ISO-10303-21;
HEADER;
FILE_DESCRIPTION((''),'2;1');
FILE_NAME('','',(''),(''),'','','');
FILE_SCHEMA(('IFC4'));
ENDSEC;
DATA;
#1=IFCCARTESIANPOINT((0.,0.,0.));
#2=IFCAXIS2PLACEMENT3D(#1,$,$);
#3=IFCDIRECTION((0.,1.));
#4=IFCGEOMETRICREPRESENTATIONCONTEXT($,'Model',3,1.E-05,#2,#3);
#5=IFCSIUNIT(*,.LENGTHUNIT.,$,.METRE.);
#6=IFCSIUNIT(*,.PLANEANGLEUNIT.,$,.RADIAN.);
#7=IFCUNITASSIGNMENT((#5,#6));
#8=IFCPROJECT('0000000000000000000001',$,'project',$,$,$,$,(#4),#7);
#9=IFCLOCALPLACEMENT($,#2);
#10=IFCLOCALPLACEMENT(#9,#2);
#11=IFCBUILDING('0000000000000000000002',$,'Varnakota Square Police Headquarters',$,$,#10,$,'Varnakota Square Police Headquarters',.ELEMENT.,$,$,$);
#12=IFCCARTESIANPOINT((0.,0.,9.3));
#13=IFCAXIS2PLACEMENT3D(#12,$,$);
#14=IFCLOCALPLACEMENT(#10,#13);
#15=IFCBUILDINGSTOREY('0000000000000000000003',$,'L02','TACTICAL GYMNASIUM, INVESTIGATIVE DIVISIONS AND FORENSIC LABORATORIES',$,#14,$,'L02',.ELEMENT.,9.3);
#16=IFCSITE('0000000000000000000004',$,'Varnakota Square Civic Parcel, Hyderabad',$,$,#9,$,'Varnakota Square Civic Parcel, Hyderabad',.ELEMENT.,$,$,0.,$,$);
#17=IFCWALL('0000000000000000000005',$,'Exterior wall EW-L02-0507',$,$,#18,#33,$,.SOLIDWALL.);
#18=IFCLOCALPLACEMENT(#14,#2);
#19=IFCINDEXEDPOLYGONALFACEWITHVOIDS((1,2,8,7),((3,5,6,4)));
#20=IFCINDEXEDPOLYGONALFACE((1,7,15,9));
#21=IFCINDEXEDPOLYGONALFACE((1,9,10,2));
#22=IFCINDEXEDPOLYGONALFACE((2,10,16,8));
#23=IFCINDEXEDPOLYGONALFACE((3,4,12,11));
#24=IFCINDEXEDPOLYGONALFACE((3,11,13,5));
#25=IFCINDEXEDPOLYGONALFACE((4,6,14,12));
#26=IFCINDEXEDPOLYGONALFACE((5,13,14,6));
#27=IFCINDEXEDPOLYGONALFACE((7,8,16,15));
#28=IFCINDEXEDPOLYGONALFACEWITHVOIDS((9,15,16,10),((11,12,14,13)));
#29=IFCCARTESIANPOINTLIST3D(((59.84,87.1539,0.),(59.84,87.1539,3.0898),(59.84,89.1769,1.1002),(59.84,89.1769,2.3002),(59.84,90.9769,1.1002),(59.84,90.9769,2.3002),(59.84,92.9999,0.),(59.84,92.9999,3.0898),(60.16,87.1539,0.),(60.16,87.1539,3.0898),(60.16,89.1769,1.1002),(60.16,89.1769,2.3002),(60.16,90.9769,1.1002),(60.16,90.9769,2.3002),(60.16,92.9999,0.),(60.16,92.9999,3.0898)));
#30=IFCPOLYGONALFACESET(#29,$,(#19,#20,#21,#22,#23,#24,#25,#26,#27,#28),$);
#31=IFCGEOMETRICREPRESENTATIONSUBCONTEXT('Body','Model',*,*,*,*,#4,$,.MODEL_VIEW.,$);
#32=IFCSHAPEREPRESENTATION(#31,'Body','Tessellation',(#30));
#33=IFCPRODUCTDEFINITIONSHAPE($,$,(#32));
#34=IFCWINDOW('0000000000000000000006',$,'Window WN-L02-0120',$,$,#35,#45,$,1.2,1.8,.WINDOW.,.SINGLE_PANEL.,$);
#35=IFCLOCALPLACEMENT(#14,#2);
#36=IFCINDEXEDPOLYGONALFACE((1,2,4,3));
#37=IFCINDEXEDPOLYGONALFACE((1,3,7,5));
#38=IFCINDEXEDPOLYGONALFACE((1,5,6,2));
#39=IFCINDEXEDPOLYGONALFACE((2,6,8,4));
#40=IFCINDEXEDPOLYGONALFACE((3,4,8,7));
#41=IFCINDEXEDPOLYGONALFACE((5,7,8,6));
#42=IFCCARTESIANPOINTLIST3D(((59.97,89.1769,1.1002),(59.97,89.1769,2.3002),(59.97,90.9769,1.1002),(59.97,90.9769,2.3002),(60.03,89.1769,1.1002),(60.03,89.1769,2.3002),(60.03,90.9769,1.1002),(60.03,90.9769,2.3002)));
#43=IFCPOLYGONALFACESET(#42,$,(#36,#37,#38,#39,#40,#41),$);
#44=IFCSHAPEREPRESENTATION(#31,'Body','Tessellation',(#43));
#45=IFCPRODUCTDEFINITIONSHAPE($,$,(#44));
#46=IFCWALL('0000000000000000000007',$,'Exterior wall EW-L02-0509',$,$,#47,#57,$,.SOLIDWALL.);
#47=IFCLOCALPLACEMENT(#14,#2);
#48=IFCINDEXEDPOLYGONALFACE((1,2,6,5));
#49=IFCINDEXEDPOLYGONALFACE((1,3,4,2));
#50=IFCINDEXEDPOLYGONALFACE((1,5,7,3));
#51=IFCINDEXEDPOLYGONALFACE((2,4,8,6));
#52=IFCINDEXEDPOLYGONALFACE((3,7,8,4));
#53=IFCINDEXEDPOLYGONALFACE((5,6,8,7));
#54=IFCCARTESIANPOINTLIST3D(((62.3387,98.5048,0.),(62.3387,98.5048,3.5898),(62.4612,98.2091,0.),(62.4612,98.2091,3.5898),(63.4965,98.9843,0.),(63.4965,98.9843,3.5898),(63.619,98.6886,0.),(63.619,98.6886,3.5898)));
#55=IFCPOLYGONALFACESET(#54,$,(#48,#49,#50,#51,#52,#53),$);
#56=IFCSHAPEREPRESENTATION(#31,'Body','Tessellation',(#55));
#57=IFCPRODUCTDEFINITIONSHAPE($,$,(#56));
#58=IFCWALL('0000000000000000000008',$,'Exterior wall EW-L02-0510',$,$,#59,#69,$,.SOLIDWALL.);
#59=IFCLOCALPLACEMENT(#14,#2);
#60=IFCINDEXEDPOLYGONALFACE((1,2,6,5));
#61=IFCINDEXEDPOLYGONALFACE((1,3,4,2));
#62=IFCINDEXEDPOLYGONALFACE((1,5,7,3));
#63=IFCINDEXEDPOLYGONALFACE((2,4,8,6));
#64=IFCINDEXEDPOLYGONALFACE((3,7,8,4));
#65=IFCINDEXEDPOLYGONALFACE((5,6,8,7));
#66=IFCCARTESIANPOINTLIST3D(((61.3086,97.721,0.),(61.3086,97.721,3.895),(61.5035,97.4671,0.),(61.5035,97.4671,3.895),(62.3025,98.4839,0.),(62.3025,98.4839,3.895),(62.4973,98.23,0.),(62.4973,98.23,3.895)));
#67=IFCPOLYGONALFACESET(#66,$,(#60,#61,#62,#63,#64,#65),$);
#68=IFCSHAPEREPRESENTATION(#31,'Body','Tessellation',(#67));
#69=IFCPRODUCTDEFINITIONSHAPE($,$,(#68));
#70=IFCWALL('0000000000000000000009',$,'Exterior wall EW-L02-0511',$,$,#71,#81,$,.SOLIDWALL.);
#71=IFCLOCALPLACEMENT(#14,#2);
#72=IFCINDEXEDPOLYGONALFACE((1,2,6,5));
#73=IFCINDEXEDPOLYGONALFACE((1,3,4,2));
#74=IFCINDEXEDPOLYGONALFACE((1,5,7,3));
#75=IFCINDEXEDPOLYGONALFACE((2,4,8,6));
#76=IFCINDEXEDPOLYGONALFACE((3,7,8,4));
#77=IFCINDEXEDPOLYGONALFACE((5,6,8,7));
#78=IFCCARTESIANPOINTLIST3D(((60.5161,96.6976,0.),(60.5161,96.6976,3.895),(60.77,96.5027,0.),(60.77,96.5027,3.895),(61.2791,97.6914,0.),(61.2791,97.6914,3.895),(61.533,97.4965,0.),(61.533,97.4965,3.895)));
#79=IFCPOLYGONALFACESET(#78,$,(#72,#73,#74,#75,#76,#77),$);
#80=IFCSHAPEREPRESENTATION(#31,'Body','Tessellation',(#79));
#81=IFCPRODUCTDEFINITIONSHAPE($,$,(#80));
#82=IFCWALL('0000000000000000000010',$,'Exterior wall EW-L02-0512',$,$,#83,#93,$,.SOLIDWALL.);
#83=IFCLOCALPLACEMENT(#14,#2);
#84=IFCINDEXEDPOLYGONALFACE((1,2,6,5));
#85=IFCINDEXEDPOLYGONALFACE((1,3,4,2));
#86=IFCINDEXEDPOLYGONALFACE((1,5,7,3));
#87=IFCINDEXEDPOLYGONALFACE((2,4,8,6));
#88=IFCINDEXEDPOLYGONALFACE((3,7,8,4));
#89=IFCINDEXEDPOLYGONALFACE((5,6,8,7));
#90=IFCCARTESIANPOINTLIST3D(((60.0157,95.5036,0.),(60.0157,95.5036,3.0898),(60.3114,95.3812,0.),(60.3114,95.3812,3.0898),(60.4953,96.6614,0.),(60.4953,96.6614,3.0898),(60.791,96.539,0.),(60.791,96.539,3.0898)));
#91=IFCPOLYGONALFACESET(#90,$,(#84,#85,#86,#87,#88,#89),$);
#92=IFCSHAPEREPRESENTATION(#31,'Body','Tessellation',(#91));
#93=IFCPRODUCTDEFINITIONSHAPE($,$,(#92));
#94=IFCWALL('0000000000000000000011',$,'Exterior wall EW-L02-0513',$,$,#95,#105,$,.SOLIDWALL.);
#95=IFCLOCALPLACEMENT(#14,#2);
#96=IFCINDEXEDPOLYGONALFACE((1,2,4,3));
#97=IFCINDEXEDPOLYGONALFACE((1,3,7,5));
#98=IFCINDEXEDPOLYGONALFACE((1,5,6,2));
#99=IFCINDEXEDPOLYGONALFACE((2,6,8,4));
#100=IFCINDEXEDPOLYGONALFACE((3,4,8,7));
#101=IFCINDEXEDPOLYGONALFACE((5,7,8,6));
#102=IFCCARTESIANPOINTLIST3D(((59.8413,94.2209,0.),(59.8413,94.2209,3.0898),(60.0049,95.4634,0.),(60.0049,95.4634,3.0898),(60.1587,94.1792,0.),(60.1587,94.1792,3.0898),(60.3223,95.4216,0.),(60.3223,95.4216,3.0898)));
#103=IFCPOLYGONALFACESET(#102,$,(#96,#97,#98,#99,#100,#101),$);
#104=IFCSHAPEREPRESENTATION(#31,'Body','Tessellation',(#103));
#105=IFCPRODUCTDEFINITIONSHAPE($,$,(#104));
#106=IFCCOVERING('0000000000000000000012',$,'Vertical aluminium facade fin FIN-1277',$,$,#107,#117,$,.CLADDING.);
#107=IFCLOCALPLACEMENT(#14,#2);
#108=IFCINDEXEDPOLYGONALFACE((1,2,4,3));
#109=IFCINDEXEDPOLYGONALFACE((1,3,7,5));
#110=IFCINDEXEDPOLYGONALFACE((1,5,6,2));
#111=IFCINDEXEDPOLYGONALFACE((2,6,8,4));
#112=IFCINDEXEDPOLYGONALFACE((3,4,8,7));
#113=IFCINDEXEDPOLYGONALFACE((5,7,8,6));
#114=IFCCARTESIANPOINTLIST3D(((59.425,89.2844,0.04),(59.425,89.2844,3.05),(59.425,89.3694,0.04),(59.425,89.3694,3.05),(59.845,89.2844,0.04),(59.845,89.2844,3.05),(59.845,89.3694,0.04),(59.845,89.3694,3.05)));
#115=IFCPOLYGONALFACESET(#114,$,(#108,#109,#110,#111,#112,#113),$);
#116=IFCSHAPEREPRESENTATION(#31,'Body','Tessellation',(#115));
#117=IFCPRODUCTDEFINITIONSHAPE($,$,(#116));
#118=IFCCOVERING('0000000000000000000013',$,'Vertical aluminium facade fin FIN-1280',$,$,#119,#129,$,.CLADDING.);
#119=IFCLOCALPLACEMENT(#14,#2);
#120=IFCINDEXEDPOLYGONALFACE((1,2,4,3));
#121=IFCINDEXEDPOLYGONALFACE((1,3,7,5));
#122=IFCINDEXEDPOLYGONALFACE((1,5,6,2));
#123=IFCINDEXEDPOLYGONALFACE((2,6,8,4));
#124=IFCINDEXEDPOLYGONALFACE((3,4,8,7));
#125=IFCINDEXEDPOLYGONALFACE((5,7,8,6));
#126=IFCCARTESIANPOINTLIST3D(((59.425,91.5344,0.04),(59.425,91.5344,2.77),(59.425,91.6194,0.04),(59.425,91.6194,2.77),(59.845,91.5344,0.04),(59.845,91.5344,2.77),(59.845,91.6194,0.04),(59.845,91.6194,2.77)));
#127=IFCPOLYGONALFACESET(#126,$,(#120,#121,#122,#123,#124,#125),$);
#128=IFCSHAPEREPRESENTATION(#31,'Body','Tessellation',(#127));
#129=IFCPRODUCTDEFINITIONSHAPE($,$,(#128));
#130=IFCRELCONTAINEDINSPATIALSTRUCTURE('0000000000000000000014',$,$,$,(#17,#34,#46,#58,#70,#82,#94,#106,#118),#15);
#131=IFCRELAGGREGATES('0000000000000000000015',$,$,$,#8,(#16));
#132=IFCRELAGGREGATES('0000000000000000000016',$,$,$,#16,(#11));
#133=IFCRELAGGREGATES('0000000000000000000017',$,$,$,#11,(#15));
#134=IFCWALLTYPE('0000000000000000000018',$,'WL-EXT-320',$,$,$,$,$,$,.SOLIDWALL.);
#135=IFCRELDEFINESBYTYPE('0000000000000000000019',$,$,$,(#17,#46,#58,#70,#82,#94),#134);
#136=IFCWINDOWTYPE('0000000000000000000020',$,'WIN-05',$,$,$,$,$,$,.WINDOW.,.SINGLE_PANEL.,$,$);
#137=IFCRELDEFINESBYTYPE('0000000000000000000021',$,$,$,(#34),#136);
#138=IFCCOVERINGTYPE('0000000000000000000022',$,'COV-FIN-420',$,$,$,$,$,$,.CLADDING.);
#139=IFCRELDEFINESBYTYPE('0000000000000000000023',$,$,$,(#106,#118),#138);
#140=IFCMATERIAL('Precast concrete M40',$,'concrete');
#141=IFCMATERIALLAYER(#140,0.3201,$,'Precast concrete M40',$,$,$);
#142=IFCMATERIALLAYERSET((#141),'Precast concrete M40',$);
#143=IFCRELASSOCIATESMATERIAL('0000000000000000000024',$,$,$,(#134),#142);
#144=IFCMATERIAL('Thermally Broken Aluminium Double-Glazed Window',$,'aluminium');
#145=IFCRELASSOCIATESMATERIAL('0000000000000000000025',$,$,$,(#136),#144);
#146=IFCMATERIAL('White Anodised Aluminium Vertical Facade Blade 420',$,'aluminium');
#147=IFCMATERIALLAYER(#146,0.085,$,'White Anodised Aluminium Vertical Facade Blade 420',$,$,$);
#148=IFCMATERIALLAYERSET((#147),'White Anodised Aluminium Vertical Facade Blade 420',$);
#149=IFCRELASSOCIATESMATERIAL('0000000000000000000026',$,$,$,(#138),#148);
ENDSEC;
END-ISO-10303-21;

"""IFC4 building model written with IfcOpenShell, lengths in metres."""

from ifc_helpers import new_model, si_unit, direction, frame, frame_2d, origin, origin_2d, place, context, subcontext, project, spatial, rectangle, extrude, material, layer, layer_set, type_object, element, fill, save


model = new_model("IFC4")

# Units and contexts
model_context = context("Model", 3, precision=1e-05, world=origin(), true_north=direction((0.0, 1.0)))
body_context = subcontext(model_context, "Body", "Model", "MODEL_VIEW")
ifc_project = project(units=[si_unit("LENGTHUNIT", "METRE"), si_unit("PLANEANGLEUNIT", "RADIAN")], contexts=[model_context])

# Site, building, storey
site_placement = place(None, origin())
site = spatial("IfcSite", under=ifc_project, at=site_placement, Name="Varnakota Square Civic Parcel, Hyderabad", LongName="Varnakota Square Civic Parcel, Hyderabad", CompositionType="ELEMENT", RefElevation=0.0)
building_placement = place(site_placement, origin())
building = spatial("IfcBuilding", under=site, at=building_placement, Name="Varnakota Square Police Headquarters", LongName="Varnakota Square Police Headquarters", CompositionType="ELEMENT")
storey_placement = place(building_placement, frame((0.0, 0.0, 9.3)))
storey = spatial("IfcBuildingStorey", under=building, at=storey_placement, Name="L02", Description="TACTICAL GYMNASIUM, INVESTIGATIVE DIVISIONS AND FORENSIC LABORATORIES", LongName="L02", CompositionType="ELEMENT", Elevation=9.3)

# Wall, opening, window
ifc_material_1 = material(Name="Precast concrete M40", Category="concrete")
ifc_layer_1 = layer(ifc_material_1, 0.3201, Name="Precast concrete M40")
ifc_layer_set_1 = layer_set([ifc_layer_1], Name="Precast concrete M40")
wall_type = type_object("IfcWallType", Name="WL-EXT-320", PredefinedType="SOLIDWALL", material=ifc_layer_set_1)
wall_1_placement = place(storey_placement, frame((60.0, 87.1541, 0.0), z_axis=(0.0, 0.0, 1.0), x_axis=(0.0, 1.0, 0.0)))
wall_1 = element("IfcWall", 1, at=wall_1_placement, inside=storey, type_object=wall_type, Name="Exterior wall EW-L02-0507", PredefinedType="SOLIDWALL", context=body_context, shape_type="SweptSolid", body=[
    extrude(rectangle(XDim=5.8459, YDim=0.3201, at=frame_2d((2.9229, 0.0))), origin(), (0.0, 0.0, 1.0), 3.0898),
])
opening_placement = place(wall_1_placement, frame((2.0229, 0.0, 1.1001)))
opening = element("IfcOpeningElement", 2, at=opening_placement, cuts=wall_1, PredefinedType="OPENING", context=body_context, shape_type="SweptSolid", body=[
    extrude(rectangle(XDim=1.8, YDim=1.2, at=frame_2d((0.8999, 0.6001))), frame((0.0, 0.1699, 0.0), z_axis=(0.0, -1.0, 0.0), x_axis=(1.0, 0.0, 0.0)), (0.0, 0.0, 1.0), 0.3401),
])
ifc_material_2 = material(Name="Thermally Broken Aluminium Double-Glazed Window", Category="aluminium")
window_type = type_object("IfcWindowType", Name="WIN-05", PartitioningType="SINGLE_PANEL", PredefinedType="WINDOW", material=ifc_material_2)
window_placement = place(opening_placement, origin())
window = element("IfcWindow", 3, at=window_placement, inside=storey, type_object=window_type, Name="Window WN-L02-0120", OverallHeight=1.2, OverallWidth=1.8, PartitioningType="SINGLE_PANEL", PredefinedType="WINDOW", context=body_context, shape_type="SweptSolid", body=[
    extrude(rectangle(XDim=1.8, YDim=1.2, at=frame_2d((0.8999, 0.6001))), frame((0.0, 0.03, 0.0), z_axis=(0.0, -1.0, 0.0), x_axis=(1.0, 0.0, 0.0)), (0.0, 0.0, 1.0), 0.0601),
])
fill(opening, window)

# Walls
wall_2_placement = place(storey_placement, frame((63.5576, 98.8364, 0.0), z_axis=(0.0, 0.0, 1.0), x_axis=(-0.923893, -0.38265, 0.0)))
element("IfcWall", 4, at=wall_2_placement, inside=storey, type_object=wall_type, Name="Exterior wall EW-L02-0509", PredefinedType="SOLIDWALL", context=body_context, shape_type="SweptSolid", body=[
    extrude(rectangle(XDim=1.2532, YDim=0.3201, at=frame_2d((0.6265, 0.0))), origin(), (0.0, 0.0, 1.0), 3.5898),
])
for number, where, z_axis, x_axis, name in (
    (5, (62.3999, 98.3569, 0.0), (0.0, 0.0, 1.0), (-0.793239, -0.60891, 0.0), "Exterior wall EW-L02-0510"),
    (6, (61.406, 97.594, 0.0), (0.0, 0.0, 1.0), (-0.60891, -0.793239, 0.0), "Exterior wall EW-L02-0511"),
):
    element("IfcWall", number, at=place(storey_placement, frame(where, z_axis=z_axis, x_axis=x_axis)), inside=storey, type_object=wall_type, Name=name, PredefinedType="SOLIDWALL", context=body_context, shape_type="SweptSolid", body=[
        extrude(rectangle(XDim=1.2529, YDim=0.3201, at=frame_2d((0.6265, 0.0))), origin(), (0.0, 0.0, 1.0), 3.895),
    ])
for number, where, z_axis, x_axis, name in (
    (7, (60.6431, 96.6001, 0.0), (0.0, 0.0, 1.0), (-0.38265, -0.923893, 0.0), "Exterior wall EW-L02-0512"),
    (8, (60.1636, 95.4424, 0.0), (0.0, 0.0, 1.0), (-0.13053, -0.991444, 0.0), "Exterior wall EW-L02-0513"),
):
    element("IfcWall", number, at=place(storey_placement, frame(where, z_axis=z_axis, x_axis=x_axis)), inside=storey, type_object=wall_type, Name=name, PredefinedType="SOLIDWALL", context=body_context, shape_type="SweptSolid", body=[
        extrude(rectangle(XDim=1.2532, YDim=0.3201, at=frame_2d((0.6265, 0.0))), origin(), (0.0, 0.0, 1.0), 3.0898),
    ])

# Coverings
ifc_material_3 = material(Name="White Anodised Aluminium Vertical Facade Blade 420", Category="aluminium")
ifc_layer_2 = layer(ifc_material_3, 0.085, Name="White Anodised Aluminium Vertical Facade Blade 420")
ifc_layer_set_2 = layer_set([ifc_layer_2], Name="White Anodised Aluminium Vertical Facade Blade 420")
covering_type = type_object("IfcCoveringType", Name="COV-FIN-420", PredefinedType="CLADDING", material=ifc_layer_set_2)
covering_1_placement = place(storey_placement, frame((59.635, 89.3269, 0.04), z_axis=(0.0, 0.0, 1.0), x_axis=(0.0, 1.0, 0.0)))
element("IfcCovering", 9, at=covering_1_placement, inside=storey, type_object=covering_type, Name="Vertical aluminium facade fin FIN-1277", PredefinedType="CLADDING", context=body_context, shape_type="SweptSolid", body=[
    extrude(rectangle(XDim=0.085, YDim=0.4199, at=origin_2d()), origin(), (0.0, 0.0, 1.0), 3.01),
])
covering_2_placement = place(storey_placement, frame((59.635, 91.5769, 0.04), z_axis=(0.0, 0.0, 1.0), x_axis=(0.0, 1.0, 0.0)))
element("IfcCovering", 10, at=covering_2_placement, inside=storey, type_object=covering_type, Name="Vertical aluminium facade fin FIN-1280", PredefinedType="CLADDING", context=body_context, shape_type="SweptSolid", body=[
    extrude(rectangle(XDim=0.085, YDim=0.4199, at=origin_2d()), origin(), (0.0, 0.0, 1.0), 2.73),
])

save(model, "model.ifc")
